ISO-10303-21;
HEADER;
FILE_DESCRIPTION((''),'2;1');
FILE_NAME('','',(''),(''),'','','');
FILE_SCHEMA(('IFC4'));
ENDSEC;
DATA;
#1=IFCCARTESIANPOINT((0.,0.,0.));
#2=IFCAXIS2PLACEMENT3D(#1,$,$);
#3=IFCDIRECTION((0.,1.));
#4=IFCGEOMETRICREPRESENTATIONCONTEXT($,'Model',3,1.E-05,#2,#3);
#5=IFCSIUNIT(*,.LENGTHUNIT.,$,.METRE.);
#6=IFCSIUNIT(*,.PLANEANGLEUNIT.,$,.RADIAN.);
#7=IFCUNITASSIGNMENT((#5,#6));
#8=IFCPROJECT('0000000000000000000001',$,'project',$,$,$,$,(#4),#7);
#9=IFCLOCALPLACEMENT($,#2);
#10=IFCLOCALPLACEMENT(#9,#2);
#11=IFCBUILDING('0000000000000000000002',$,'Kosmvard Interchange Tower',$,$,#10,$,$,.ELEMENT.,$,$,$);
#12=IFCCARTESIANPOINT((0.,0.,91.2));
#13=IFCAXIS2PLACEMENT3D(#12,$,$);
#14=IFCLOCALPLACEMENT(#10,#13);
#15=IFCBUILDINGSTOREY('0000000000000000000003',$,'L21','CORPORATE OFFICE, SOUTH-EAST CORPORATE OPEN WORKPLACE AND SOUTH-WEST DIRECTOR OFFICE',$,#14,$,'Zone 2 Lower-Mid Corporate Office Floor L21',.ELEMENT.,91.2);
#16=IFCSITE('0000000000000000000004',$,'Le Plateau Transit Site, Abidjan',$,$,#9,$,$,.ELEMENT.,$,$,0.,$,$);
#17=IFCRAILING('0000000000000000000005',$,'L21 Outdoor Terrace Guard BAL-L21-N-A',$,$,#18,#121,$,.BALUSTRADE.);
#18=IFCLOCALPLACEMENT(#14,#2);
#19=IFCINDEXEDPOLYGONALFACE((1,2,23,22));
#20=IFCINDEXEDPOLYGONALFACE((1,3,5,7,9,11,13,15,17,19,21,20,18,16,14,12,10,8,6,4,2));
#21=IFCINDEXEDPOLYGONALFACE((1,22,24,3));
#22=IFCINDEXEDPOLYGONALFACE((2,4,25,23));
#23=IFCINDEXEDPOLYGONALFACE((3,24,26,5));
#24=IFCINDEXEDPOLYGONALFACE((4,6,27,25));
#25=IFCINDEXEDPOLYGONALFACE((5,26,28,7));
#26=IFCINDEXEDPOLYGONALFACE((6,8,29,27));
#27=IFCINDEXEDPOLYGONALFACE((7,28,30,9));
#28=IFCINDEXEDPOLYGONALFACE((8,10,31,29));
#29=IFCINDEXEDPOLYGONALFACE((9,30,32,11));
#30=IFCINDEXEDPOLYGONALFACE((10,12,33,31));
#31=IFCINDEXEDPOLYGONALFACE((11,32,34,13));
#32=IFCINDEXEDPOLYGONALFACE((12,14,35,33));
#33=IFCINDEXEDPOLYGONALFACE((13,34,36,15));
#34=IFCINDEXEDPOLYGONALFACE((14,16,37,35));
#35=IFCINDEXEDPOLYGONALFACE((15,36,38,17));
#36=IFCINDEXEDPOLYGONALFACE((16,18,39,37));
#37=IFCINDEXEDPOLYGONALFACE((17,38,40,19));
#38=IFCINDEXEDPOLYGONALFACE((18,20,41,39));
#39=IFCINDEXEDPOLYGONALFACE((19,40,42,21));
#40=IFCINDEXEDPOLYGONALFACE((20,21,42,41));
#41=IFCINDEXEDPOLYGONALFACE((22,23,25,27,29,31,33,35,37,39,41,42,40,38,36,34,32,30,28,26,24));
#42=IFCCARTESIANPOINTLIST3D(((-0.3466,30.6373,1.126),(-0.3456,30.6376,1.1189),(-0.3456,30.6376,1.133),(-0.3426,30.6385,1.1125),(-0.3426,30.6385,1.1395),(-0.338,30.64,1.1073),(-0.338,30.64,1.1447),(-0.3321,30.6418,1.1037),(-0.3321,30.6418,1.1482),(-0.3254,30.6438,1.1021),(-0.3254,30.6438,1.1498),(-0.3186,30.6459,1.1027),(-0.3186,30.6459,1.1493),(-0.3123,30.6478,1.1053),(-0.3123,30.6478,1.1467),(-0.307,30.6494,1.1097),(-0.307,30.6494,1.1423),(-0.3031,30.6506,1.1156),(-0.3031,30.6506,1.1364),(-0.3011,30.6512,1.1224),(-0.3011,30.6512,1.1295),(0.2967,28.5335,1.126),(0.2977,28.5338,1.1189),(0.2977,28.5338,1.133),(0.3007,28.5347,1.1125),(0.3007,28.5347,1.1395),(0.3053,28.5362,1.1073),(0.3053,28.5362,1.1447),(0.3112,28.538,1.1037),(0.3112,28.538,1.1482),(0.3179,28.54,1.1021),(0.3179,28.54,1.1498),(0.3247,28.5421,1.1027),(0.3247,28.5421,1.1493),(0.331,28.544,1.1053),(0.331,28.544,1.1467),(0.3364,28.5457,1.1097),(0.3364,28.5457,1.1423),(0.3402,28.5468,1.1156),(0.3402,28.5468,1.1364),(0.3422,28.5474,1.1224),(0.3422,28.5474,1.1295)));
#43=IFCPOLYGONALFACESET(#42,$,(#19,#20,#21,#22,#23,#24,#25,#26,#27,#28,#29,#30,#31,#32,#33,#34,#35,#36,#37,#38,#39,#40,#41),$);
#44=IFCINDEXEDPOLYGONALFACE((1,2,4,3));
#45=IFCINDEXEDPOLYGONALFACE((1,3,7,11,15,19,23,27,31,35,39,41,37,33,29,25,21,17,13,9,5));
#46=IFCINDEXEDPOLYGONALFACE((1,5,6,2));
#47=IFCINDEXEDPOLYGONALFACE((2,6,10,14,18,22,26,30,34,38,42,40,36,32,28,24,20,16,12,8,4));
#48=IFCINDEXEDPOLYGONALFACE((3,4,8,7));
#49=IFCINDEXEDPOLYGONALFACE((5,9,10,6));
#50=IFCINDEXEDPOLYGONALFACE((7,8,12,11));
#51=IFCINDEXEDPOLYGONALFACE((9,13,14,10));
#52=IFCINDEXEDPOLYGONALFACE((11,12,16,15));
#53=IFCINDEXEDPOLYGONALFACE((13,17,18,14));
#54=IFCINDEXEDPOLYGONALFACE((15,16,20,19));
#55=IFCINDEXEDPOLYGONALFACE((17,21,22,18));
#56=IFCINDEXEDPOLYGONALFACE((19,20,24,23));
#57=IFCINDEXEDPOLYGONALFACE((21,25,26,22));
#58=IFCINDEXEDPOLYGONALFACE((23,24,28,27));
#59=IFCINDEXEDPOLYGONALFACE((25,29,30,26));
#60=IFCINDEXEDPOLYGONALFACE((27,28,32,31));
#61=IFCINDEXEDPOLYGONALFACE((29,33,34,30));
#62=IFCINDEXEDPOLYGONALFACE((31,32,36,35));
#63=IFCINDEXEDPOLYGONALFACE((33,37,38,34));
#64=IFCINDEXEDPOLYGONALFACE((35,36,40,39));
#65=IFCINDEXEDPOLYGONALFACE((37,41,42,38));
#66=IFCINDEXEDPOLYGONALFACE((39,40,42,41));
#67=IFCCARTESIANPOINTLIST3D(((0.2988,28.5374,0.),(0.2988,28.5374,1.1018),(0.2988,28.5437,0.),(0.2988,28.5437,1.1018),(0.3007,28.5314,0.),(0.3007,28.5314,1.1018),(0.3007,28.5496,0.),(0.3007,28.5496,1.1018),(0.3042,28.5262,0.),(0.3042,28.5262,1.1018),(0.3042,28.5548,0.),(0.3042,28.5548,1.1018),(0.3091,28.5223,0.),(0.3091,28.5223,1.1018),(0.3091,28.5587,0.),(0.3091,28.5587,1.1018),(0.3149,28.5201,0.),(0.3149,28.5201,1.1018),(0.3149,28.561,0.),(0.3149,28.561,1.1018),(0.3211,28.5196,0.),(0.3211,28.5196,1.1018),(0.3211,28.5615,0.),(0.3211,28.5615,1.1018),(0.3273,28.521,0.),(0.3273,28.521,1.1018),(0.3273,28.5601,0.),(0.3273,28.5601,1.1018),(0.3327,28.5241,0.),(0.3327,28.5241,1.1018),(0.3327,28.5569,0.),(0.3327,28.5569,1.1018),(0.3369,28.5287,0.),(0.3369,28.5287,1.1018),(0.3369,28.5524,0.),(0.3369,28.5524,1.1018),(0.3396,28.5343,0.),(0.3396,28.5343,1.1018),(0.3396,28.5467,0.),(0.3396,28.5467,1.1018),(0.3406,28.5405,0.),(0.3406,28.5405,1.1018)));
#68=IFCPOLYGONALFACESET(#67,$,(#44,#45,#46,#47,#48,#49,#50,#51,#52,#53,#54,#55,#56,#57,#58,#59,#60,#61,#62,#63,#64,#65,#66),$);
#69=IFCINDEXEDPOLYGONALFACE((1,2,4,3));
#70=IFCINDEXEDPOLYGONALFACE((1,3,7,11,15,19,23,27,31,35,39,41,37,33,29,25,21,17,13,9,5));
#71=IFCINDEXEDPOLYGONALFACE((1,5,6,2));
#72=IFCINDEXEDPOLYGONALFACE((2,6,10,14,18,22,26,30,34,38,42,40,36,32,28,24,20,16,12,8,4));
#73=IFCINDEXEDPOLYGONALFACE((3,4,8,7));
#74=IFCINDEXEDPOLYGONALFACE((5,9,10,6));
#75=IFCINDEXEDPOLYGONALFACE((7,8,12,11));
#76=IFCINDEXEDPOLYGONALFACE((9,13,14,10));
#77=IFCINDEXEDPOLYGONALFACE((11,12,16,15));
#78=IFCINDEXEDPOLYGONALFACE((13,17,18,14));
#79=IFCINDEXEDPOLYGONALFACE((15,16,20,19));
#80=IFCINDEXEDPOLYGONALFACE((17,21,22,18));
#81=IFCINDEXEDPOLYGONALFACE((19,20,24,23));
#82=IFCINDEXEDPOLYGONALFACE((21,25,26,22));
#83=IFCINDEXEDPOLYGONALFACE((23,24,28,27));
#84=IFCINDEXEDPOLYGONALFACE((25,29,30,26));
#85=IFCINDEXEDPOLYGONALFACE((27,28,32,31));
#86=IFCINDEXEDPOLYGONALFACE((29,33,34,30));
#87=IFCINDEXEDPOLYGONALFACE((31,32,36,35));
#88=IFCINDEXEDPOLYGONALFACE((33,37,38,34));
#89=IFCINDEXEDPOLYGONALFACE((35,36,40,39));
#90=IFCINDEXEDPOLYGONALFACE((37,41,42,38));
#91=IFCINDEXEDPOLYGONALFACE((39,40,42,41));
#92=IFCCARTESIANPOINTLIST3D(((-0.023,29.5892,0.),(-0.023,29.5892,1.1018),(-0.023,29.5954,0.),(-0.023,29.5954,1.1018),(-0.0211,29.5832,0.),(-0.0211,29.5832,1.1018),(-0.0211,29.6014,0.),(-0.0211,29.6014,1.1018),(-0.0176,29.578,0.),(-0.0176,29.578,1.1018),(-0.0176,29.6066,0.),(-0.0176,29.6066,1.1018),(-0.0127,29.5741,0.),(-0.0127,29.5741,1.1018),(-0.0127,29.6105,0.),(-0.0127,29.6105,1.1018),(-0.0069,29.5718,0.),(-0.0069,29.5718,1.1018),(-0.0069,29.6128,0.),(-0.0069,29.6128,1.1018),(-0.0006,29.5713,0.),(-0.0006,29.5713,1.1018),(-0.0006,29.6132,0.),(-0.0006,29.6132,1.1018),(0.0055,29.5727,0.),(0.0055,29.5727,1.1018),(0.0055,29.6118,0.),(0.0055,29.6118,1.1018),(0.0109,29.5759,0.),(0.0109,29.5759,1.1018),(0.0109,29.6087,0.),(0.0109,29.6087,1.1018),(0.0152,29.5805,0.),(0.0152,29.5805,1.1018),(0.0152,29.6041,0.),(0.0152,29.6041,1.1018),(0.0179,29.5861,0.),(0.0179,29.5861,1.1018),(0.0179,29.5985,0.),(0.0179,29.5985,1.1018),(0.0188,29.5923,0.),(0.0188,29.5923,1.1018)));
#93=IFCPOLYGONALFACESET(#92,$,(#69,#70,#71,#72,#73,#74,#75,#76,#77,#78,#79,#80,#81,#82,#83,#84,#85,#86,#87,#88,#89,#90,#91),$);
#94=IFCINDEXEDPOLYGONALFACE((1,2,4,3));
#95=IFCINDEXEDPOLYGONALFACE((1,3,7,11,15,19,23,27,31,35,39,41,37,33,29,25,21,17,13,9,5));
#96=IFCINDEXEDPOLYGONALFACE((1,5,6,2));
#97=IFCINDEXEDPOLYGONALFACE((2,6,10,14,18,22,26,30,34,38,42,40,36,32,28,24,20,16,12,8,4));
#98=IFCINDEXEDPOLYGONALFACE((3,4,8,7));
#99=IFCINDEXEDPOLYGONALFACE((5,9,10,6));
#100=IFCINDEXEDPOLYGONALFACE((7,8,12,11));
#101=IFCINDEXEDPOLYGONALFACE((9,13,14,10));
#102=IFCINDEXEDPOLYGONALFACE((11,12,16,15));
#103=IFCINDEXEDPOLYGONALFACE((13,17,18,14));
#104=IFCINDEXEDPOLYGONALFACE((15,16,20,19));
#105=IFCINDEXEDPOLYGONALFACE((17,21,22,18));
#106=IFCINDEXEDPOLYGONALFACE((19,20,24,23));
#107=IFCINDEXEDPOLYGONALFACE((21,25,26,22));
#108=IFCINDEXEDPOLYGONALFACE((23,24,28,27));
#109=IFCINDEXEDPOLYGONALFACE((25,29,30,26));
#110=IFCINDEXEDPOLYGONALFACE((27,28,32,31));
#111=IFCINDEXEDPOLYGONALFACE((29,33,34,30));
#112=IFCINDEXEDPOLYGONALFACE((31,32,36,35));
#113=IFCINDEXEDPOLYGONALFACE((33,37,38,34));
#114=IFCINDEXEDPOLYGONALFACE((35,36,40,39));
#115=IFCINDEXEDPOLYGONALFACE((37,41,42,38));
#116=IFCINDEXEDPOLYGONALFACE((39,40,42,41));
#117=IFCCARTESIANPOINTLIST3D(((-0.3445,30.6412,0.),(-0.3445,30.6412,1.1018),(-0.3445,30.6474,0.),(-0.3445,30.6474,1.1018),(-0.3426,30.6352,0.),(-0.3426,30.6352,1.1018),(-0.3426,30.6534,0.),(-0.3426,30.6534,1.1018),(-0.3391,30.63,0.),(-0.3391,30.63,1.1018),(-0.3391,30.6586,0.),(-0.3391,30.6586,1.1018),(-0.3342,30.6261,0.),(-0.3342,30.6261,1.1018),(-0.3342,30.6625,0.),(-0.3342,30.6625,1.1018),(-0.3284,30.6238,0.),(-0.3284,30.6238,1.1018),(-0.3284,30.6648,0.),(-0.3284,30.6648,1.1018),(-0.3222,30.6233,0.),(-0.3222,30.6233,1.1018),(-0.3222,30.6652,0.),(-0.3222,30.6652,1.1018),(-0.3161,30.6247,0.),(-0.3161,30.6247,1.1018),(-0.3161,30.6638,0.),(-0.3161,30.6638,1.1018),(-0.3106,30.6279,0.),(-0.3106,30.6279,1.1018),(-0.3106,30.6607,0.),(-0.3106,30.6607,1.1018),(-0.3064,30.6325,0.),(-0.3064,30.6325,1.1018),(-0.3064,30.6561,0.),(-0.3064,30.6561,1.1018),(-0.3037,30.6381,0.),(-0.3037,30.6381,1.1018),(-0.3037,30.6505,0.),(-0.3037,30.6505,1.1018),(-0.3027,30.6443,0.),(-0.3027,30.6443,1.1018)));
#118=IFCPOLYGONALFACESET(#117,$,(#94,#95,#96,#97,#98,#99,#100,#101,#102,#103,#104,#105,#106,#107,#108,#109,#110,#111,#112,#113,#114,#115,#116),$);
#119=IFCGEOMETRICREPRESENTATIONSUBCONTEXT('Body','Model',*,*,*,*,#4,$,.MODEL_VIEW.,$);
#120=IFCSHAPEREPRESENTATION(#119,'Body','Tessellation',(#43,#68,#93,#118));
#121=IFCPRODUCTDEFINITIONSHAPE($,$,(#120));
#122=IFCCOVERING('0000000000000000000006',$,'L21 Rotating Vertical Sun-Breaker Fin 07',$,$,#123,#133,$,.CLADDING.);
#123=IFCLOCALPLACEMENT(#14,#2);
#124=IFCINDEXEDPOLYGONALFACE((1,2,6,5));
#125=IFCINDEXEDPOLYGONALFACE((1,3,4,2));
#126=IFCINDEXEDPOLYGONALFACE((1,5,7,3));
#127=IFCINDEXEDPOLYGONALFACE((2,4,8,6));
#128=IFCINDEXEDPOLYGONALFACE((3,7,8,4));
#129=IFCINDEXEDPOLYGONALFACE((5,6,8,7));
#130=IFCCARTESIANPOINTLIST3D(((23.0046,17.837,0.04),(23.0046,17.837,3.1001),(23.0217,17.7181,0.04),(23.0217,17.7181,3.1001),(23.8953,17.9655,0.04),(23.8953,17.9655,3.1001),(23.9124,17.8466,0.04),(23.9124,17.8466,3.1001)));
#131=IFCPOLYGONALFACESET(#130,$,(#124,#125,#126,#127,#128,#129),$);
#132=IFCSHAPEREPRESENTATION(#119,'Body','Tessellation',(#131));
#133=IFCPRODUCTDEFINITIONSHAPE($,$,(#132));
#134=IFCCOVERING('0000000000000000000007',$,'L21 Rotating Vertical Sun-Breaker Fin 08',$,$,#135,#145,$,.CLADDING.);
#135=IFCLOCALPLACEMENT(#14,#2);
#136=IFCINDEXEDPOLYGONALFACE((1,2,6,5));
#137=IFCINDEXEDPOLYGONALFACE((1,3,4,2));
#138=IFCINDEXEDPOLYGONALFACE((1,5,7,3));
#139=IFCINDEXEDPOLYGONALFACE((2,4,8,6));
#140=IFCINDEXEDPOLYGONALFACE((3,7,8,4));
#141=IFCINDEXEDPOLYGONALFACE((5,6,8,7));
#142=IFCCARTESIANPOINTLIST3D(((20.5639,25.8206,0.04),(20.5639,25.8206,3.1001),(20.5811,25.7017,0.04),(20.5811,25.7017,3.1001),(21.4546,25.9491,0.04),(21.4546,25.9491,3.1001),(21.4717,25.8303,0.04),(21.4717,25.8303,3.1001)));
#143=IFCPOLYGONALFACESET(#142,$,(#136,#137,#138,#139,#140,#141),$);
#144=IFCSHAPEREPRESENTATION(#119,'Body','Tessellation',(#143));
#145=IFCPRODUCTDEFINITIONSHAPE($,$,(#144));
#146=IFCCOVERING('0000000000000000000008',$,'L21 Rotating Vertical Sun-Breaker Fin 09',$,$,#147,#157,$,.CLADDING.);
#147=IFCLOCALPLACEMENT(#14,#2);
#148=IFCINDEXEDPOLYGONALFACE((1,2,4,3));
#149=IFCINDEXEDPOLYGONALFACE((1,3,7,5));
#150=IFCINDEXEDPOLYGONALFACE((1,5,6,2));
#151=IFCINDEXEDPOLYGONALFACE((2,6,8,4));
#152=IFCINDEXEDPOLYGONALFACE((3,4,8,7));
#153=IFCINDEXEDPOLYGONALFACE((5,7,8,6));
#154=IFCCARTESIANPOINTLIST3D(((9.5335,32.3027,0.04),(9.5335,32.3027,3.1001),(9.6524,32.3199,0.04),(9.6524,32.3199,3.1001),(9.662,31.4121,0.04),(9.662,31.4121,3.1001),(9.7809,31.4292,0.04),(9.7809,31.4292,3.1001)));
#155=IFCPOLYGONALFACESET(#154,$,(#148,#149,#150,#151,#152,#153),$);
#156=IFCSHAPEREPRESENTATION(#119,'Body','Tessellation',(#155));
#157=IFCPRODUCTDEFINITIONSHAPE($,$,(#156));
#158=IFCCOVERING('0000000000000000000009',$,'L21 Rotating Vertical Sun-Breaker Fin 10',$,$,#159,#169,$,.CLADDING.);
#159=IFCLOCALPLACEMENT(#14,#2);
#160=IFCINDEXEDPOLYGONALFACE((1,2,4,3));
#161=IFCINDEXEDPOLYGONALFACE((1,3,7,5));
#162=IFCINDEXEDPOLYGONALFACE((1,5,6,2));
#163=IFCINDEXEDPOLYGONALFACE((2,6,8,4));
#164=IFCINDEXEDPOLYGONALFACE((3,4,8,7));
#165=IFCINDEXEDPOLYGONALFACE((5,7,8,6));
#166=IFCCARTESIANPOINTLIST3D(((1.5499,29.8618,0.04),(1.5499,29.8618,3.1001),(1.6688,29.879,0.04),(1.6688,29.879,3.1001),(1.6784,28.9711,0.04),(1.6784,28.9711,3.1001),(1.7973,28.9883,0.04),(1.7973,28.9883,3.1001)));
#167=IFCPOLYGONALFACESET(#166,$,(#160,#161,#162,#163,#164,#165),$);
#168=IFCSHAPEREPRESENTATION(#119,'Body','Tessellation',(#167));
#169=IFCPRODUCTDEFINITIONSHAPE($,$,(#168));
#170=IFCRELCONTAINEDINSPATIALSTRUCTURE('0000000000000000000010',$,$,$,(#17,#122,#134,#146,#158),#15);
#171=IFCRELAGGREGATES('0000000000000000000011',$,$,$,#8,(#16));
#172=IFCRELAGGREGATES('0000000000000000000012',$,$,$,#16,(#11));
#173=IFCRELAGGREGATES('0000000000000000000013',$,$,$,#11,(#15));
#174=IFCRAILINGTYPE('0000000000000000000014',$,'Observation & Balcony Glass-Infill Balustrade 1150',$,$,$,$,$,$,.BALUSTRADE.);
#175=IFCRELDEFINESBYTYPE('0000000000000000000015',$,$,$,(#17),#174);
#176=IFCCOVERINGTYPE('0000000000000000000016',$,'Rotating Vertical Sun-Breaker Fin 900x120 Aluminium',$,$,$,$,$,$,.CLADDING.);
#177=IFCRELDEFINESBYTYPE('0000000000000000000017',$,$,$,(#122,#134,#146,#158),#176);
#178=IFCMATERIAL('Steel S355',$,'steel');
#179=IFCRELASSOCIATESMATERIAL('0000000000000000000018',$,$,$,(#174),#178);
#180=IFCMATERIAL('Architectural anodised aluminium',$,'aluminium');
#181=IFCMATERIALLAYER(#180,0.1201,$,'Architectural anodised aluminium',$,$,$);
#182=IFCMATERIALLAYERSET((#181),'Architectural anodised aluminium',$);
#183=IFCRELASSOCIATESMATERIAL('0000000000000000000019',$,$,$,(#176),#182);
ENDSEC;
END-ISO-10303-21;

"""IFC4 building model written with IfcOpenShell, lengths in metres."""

from ifc_helpers import new_model, si_unit, direction, frame, origin, origin_2d, place, context, subcontext, project, spatial, rectangle, circle, extrude, source, transform, mapped, material, layer, layer_set, type_object, element, save


model = new_model("IFC4")

# Units and contexts
model_context = context("Model", 3, precision=1e-05, world=origin(), true_north=direction((0.0, 1.0)))
body_context = subcontext(model_context, "Body", "Model", "MODEL_VIEW")
ifc_project = project(units=[si_unit("LENGTHUNIT", "METRE"), si_unit("PLANEANGLEUNIT", "RADIAN")], contexts=[model_context])

# Site, building, storey
site_placement = place(None, origin())
site = spatial("IfcSite", under=ifc_project, at=site_placement, Name="Le Plateau Transit Site, Abidjan", CompositionType="ELEMENT", RefElevation=0.0)
building_placement = place(site_placement, origin())
building = spatial("IfcBuilding", under=site, at=building_placement, Name="Kosmvard Interchange Tower", CompositionType="ELEMENT")
storey_placement = place(building_placement, frame((0.0, 0.0, 91.2)))
storey = spatial("IfcBuildingStorey", under=building, at=storey_placement, Name="L21", Description="CORPORATE OFFICE, SOUTH-EAST CORPORATE OPEN WORKPLACE AND SOUTH-WEST DIRECTOR OFFICE", LongName="Zone 2 Lower-Mid Corporate Office Floor L21", CompositionType="ELEMENT", Elevation=91.2)

# Shared definitions
ifc_material_1 = material(Name="Steel S355", Category="steel")

# Railing
railing_type = type_object("IfcRailingType", Name="Observation & Balcony Glass-Infill Balustrade 1150", PredefinedType="BALUSTRADE", material=ifc_material_1)
shared_shape_1 = source(origin(), body_context, "Body", "SweptSolid", [
    extrude(circle(Radius=0.0239, at=origin_2d()), frame((0.0, 0.0, 1.126), z_axis=(-0.292424, 0.956289, 0.0), x_axis=(-0.956289, -0.292424, 0.0)), (0.0, 0.0, 1.0), 2.2),
    extrude(circle(Radius=0.021, at=origin_2d()), origin(), (0.0, 0.0, 1.0), 1.1018),
    extrude(circle(Radius=0.021, at=origin_2d()), frame((-0.3218, 1.0518, 0.0)), (0.0, 0.0, 1.0), 1.1018),
    extrude(circle(Radius=0.021, at=origin_2d()), frame((-0.6433, 2.1038, 0.0)), (0.0, 0.0, 1.0), 1.1018),
])
railing_placement = place(storey_placement, frame((0.3196, 28.5405, 0.0)))
element("IfcRailing", 1, at=railing_placement, inside=storey, type_object=railing_type, Name="L21 Outdoor Terrace Guard BAL-L21-N-A", PredefinedType="BALUSTRADE", context=body_context, shape_type="MappedRepresentation", body=[
    mapped(shared_shape_1, transform((0.0, 0.0, 0.0), scale=1.0)),
])

# Coverings
ifc_material_2 = material(Name="Architectural anodised aluminium", Category="aluminium")
ifc_layer_1 = layer(ifc_material_2, 0.1201, Name="Architectural anodised aluminium")
ifc_layer_set_1 = layer_set([ifc_layer_1], Name="Architectural anodised aluminium")
covering_type = type_object("IfcCoveringType", Name="Rotating Vertical Sun-Breaker Fin 900x120 Aluminium", PredefinedType="CLADDING", material=ifc_layer_set_1)
shared_shape_2 = source(origin(), body_context, "Body", "SweptSolid", [
    extrude(rectangle(XDim=0.8999, YDim=0.1201, at=origin_2d()), origin(), (0.0, 0.0, 1.0), 3.0601),
])
for number, where, z_axis, x_axis, name in (
    (2, (23.4585, 17.8418, 0.04), (0.0, 0.0, 1.0), (0.989751, 0.142802, 0.0), "L21 Rotating Vertical Sun-Breaker Fin 07"),
    (3, (21.0178, 25.8254, 0.04), (0.0, 0.0, 1.0), (0.989751, 0.142802, 0.0), "L21 Rotating Vertical Sun-Breaker Fin 08"),
    (4, (9.6572, 31.866, 0.04), (0.0, 0.0, 1.0), (-0.142802, 0.989751, 0.0), "L21 Rotating Vertical Sun-Breaker Fin 09"),
    (5, (1.6736, 29.425, 0.04), (0.0, 0.0, 1.0), (-0.142802, 0.989751, 0.0), "L21 Rotating Vertical Sun-Breaker Fin 10"),
):
    element("IfcCovering", number, at=place(storey_placement, frame(where, z_axis=z_axis, x_axis=x_axis)), inside=storey, type_object=covering_type, Name=name, PredefinedType="CLADDING", context=body_context, shape_type="MappedRepresentation", body=[
        mapped(shared_shape_2, transform((0.0, 0.0, 0.0), scale=1.0)),
    ])

save(model, "model.ifc")
